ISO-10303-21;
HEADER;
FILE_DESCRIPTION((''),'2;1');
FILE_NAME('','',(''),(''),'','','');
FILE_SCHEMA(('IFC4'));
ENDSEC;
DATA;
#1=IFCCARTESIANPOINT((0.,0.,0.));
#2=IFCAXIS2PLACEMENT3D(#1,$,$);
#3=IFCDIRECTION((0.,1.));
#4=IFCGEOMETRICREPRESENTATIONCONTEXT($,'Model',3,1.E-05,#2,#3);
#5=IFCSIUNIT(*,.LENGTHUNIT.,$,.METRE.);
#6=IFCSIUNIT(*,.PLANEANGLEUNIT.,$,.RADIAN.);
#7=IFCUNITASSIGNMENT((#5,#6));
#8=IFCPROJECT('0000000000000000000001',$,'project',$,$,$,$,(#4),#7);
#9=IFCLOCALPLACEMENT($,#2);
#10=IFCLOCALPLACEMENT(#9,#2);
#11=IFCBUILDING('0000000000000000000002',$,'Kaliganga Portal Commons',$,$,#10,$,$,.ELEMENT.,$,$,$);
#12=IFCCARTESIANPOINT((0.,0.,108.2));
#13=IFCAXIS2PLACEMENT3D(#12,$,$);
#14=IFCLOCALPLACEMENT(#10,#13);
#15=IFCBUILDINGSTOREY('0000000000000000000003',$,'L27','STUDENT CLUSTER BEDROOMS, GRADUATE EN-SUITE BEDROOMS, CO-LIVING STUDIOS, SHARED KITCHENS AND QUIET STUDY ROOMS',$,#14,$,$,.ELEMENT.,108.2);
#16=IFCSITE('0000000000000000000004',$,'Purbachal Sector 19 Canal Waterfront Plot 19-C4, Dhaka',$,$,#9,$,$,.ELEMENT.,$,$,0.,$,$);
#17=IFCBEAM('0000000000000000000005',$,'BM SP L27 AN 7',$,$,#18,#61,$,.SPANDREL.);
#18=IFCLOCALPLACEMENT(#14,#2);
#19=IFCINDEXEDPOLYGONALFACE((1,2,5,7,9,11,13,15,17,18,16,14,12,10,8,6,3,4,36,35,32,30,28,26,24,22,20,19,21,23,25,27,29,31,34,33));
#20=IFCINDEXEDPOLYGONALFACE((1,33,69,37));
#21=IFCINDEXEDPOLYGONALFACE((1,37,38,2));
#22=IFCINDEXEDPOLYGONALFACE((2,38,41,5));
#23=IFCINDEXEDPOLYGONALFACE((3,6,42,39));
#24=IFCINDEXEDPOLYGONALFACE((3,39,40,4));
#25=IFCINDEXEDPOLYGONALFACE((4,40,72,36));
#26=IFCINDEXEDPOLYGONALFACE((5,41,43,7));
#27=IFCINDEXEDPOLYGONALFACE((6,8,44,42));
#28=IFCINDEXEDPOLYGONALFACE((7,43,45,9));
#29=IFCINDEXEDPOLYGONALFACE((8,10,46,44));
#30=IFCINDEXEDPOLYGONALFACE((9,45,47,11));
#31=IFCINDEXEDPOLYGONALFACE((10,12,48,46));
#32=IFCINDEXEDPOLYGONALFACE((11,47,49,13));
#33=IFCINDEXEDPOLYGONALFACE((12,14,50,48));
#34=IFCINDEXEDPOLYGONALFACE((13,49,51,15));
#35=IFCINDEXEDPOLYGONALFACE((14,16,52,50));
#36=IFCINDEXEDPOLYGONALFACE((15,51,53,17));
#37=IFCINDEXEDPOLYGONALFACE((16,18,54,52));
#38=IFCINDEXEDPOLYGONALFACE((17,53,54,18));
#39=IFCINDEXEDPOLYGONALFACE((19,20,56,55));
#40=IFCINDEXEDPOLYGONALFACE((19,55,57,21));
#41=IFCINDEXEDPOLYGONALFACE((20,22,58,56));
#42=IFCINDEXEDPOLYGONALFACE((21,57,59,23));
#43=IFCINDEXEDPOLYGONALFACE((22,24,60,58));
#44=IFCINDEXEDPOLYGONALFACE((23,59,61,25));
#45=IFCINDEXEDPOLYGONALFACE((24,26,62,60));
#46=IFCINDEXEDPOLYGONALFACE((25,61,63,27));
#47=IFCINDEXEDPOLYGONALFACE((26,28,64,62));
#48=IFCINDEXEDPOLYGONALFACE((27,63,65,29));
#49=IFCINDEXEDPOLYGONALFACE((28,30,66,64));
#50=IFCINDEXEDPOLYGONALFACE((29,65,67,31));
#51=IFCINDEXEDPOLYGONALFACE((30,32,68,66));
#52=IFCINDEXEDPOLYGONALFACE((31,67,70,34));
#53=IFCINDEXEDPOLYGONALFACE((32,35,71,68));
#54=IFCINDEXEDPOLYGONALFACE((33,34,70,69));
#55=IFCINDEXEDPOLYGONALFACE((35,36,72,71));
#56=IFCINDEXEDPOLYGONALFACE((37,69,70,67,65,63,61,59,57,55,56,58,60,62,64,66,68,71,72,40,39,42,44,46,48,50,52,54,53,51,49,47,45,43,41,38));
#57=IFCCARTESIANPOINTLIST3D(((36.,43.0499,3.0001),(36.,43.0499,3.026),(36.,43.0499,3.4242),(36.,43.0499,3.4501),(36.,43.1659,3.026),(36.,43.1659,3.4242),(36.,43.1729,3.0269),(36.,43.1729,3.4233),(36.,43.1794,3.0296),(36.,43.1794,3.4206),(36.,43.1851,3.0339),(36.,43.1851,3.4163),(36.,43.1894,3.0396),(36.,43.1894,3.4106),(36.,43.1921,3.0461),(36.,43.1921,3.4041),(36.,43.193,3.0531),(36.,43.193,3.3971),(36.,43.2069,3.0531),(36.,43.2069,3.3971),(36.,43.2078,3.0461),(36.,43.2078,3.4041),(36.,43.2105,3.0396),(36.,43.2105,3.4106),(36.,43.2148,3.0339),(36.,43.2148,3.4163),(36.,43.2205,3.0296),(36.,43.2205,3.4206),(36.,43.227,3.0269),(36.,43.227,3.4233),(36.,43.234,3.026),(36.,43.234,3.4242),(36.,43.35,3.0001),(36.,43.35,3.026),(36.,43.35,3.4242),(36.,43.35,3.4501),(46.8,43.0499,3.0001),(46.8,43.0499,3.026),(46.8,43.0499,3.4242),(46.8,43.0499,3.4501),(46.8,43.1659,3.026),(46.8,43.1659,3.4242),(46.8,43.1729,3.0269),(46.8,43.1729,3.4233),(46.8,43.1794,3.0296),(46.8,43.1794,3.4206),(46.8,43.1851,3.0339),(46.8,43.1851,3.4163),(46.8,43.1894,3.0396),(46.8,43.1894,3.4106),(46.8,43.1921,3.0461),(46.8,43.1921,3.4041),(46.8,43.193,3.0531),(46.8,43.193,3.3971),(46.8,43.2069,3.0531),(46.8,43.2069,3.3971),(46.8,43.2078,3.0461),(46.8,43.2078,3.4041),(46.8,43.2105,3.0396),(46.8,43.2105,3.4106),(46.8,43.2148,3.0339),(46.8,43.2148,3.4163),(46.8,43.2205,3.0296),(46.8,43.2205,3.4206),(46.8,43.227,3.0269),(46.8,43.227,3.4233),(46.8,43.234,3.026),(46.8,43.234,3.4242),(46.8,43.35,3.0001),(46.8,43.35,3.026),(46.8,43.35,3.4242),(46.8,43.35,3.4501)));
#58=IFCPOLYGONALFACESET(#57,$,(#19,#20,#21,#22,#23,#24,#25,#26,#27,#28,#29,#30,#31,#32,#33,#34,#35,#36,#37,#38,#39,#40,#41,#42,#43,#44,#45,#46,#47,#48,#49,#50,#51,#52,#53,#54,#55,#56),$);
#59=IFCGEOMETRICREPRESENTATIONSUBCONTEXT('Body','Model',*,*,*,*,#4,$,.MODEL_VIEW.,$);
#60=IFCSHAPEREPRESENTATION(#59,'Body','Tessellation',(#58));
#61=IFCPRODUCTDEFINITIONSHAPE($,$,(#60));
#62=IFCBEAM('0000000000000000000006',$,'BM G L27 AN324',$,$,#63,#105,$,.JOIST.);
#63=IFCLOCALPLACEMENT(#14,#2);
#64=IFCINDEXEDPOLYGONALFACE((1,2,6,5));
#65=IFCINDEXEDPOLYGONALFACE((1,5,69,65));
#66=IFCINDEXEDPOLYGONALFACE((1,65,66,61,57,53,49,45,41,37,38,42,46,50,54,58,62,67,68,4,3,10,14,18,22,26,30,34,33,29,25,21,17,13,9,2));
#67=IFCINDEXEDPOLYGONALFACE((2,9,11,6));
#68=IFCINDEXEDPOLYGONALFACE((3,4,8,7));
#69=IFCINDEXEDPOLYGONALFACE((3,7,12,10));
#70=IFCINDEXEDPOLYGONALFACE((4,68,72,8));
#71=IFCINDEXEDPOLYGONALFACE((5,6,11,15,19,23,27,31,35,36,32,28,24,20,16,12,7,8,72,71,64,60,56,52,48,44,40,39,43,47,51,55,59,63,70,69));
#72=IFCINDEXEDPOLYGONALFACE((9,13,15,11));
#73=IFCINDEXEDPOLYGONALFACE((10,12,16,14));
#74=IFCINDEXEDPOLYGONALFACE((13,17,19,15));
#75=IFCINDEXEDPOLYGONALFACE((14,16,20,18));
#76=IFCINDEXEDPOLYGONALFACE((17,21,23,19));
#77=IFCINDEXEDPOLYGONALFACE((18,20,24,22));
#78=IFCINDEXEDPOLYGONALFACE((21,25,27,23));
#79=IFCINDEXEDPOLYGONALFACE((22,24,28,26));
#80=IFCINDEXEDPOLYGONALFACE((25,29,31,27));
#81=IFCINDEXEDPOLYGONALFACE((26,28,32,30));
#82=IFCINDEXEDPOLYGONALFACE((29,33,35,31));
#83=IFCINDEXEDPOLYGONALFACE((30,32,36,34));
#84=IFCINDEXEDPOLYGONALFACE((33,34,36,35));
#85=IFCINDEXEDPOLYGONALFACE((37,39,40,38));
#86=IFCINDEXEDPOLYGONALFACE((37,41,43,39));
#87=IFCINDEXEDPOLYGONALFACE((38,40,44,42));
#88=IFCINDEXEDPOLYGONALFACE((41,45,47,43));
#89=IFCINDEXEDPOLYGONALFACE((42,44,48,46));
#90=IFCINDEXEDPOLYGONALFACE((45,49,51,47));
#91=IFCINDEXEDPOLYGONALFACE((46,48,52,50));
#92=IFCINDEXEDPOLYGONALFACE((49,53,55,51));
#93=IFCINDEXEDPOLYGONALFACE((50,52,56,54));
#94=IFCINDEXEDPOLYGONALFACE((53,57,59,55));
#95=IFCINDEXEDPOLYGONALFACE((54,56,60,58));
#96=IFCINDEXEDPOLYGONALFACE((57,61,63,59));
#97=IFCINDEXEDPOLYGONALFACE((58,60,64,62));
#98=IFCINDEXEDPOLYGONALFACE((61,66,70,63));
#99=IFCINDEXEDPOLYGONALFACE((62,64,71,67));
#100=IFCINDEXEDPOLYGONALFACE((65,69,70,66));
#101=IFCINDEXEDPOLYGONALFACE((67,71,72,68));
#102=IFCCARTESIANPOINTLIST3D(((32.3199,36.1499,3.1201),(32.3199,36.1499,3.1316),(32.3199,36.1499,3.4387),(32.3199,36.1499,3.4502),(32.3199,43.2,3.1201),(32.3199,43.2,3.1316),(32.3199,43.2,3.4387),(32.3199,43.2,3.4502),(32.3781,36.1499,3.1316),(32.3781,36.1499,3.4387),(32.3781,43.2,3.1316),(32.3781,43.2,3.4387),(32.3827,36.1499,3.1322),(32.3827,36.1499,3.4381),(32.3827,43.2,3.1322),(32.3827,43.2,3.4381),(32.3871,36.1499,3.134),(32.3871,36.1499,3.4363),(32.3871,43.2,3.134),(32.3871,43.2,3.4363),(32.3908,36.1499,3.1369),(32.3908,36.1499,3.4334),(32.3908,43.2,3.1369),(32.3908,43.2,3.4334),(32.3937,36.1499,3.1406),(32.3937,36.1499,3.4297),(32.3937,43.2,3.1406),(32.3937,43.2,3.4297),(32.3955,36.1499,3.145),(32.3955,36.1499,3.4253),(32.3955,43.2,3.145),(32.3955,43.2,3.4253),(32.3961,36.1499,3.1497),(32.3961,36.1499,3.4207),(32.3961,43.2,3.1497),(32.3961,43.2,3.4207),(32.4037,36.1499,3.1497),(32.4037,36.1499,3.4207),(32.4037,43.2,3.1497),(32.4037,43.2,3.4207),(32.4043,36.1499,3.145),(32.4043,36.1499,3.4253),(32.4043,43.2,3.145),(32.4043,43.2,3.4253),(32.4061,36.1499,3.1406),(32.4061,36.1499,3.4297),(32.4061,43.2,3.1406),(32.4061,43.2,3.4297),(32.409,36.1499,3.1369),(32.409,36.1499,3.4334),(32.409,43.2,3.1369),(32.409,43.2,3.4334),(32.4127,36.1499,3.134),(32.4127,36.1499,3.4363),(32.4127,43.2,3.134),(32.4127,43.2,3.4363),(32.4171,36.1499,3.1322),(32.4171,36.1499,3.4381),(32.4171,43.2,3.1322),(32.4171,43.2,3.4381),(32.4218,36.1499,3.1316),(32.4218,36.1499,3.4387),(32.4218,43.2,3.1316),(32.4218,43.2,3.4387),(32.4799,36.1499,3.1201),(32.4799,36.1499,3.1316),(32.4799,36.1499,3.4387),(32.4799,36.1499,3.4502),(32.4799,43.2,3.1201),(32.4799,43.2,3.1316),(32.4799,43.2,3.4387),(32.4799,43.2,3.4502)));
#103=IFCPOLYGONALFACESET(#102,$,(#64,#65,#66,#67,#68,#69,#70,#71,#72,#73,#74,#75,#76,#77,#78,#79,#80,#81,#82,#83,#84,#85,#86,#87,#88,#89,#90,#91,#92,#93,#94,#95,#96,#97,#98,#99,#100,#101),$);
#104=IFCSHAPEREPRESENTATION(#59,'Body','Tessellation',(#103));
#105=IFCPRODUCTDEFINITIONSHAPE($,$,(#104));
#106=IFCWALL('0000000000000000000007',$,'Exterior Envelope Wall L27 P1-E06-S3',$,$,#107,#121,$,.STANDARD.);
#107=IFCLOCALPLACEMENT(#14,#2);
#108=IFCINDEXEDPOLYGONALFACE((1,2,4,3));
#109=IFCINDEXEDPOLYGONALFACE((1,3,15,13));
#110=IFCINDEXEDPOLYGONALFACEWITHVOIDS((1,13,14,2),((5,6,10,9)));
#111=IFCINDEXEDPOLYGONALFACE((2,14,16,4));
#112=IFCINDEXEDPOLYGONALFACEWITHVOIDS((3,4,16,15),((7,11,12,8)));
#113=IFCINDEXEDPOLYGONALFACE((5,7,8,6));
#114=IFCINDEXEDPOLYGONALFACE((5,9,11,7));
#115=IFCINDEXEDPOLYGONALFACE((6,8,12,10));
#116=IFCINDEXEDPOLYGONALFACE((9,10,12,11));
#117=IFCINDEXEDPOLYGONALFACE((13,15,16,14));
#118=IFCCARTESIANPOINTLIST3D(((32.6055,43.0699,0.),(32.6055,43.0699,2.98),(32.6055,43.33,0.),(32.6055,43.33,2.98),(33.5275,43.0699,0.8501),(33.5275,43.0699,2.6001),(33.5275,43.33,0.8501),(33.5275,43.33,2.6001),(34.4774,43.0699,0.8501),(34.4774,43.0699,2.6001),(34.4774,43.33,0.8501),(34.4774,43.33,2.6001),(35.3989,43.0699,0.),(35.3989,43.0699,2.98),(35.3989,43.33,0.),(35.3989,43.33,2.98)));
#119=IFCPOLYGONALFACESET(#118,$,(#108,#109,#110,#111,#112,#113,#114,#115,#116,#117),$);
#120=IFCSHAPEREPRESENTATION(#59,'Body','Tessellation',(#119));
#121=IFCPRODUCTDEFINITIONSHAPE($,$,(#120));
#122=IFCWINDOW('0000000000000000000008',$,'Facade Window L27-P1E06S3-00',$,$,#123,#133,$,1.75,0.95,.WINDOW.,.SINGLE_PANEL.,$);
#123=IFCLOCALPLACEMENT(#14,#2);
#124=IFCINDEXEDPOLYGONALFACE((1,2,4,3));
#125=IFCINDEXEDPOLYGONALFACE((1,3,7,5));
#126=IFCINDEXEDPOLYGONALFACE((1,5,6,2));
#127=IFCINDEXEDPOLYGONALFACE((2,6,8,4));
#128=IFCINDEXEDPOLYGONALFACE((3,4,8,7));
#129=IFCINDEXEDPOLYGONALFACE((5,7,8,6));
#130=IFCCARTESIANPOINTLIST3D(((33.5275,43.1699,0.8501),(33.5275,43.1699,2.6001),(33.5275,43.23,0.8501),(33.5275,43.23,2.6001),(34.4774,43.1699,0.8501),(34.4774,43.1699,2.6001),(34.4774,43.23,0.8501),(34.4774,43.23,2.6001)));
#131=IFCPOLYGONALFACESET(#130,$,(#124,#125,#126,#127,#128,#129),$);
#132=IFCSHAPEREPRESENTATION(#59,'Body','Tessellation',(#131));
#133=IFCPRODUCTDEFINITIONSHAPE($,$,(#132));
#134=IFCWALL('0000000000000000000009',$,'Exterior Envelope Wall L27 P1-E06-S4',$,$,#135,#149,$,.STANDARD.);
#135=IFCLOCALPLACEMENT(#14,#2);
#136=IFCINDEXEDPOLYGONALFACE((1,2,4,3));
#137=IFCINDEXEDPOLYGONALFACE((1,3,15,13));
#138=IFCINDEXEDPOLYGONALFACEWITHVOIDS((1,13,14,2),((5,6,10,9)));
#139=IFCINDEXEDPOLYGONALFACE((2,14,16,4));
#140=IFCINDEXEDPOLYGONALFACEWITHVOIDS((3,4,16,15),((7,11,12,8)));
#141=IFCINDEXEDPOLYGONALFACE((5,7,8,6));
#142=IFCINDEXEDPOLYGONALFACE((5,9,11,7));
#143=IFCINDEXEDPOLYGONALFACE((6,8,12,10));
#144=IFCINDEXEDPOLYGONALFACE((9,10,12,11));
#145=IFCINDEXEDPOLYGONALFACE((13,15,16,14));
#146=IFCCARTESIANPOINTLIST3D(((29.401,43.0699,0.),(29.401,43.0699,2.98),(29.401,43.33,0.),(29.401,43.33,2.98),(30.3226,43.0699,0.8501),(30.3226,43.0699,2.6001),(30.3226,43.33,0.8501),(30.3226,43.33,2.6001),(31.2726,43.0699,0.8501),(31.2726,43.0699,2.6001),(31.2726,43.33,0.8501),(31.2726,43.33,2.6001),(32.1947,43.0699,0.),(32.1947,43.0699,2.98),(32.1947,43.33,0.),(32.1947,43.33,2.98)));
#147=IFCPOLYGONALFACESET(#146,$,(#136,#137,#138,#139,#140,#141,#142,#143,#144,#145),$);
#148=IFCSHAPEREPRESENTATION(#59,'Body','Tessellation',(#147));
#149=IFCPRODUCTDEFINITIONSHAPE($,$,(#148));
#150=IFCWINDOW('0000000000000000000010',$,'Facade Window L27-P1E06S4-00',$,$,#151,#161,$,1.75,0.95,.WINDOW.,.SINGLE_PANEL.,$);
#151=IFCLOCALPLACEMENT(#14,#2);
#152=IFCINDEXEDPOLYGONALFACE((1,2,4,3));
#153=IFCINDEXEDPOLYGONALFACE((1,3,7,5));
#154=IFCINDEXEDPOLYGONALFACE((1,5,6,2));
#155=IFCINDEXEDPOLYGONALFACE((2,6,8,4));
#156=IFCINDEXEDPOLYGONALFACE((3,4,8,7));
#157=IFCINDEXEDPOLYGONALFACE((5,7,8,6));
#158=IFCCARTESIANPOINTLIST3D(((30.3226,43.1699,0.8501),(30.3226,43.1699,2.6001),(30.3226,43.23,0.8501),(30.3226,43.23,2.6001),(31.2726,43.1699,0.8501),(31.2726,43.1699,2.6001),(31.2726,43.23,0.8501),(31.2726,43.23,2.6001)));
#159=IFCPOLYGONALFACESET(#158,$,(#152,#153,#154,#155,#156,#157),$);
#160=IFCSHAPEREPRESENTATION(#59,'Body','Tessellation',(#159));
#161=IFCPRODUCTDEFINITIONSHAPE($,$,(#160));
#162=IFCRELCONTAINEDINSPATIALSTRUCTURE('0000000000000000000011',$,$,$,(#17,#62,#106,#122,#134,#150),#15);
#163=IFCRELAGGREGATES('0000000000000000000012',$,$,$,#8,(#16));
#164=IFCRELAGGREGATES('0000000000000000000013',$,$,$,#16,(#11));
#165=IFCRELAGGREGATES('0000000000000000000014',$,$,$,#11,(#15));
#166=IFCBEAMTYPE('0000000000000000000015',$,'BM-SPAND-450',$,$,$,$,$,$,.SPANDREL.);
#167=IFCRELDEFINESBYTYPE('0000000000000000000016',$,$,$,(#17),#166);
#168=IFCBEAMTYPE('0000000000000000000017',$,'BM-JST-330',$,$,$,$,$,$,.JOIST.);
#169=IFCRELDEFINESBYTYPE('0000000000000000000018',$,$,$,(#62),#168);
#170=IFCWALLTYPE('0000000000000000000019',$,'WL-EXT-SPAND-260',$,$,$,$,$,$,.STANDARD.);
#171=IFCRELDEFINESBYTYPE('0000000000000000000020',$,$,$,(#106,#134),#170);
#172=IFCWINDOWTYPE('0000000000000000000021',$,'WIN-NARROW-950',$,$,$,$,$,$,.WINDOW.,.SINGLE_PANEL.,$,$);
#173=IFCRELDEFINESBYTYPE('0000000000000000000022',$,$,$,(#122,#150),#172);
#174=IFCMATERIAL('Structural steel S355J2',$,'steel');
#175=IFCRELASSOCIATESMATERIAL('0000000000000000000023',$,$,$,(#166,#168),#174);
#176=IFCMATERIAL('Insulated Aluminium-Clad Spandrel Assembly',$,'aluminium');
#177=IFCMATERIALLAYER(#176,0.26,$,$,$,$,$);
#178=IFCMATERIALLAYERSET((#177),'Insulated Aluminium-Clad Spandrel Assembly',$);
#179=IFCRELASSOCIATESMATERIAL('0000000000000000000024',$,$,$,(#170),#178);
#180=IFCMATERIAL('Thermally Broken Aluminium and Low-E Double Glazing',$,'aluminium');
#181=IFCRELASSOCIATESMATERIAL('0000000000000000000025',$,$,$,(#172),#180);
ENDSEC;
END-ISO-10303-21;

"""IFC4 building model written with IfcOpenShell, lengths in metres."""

from ifc_helpers import new_model, si_unit, direction, frame, frame_2d, origin, origin_2d, place, context, subcontext, project, spatial, rectangle, i_section, extrude, source, transform, mapped, material, layer, layer_set, material_profile, profile_set, type_object, element, fill, save


model = new_model("IFC4")

# Units and contexts
model_context = context("Model", 3, precision=1e-05, world=origin(), true_north=direction((0.0, 1.0)))
body_context = subcontext(model_context, "Body", "Model", "MODEL_VIEW")
ifc_project = project(units=[si_unit("LENGTHUNIT", "METRE"), si_unit("PLANEANGLEUNIT", "RADIAN")], contexts=[model_context])

# Site, building, storey
site_placement = place(None, origin())
site = spatial("IfcSite", under=ifc_project, at=site_placement, Name="Purbachal Sector 19 Canal Waterfront Plot 19-C4, Dhaka", CompositionType="ELEMENT", RefElevation=0.0)
building_placement = place(site_placement, origin())
building = spatial("IfcBuilding", under=site, at=building_placement, Name="Kaliganga Portal Commons", CompositionType="ELEMENT")
storey_placement = place(building_placement, frame((0.0, 0.0, 108.2)))
storey = spatial("IfcBuildingStorey", under=building, at=storey_placement, Name="L27", Description="STUDENT CLUSTER BEDROOMS, GRADUATE EN-SUITE BEDROOMS, CO-LIVING STUDIOS, SHARED KITCHENS AND QUIET STUDY ROOMS", CompositionType="ELEMENT", Elevation=108.2)

# Beams
ifc_material_1 = material(Name="Structural steel S355J2", Category="steel")
ifc_material_profile_1 = material_profile(ifc_material_1, i_section(OverallWidth=0.3, OverallDepth=0.45, WebThickness=0.0139, FlangeThickness=0.0259, FilletRadius=0.0271, at=origin_2d()), Name="HE 450 B")
ifc_profile_set_1 = profile_set([ifc_material_profile_1], Name="Structural steel S355J2 wide-flange")
beam_type_1 = type_object("IfcBeamType", Name="BM-SPAND-450", PredefinedType="SPANDREL", material=ifc_profile_set_1)
shared_shape_1 = source(origin(), body_context, "Body", "SweptSolid", [
    extrude(i_section(OverallWidth=0.3, OverallDepth=0.45, WebThickness=0.0139, FlangeThickness=0.0259, FilletRadius=0.0271, at=origin_2d()), origin(), (0.0, 0.0, 1.0), 10.8),
])
beam_1_placement = place(storey_placement, frame((36.0, 43.2, 3.2251), z_axis=(1.0, 0.0, 0.0), x_axis=(0.0, 1.0, 0.0)))
element("IfcBeam", 1, at=beam_1_placement, inside=storey, type_object=beam_type_1, Name="BM SP L27 AN 7", PredefinedType="SPANDREL", context=body_context, shape_type="MappedRepresentation", body=[
    mapped(shared_shape_1, transform((0.0, 0.0, 0.0), x_axis=(1.0, 0.0, 0.0), y_axis=(0.0, 1.0, 0.0), z_axis=(0.0, 0.0, 1.0), scale=1.0)),
])
ifc_material_profile_2 = material_profile(ifc_material_1, i_section(OverallWidth=0.1599, OverallDepth=0.3301, WebThickness=0.0076, FlangeThickness=0.0115, FilletRadius=0.0181, at=origin_2d()), Name="IPE 330")
ifc_profile_set_2 = profile_set([ifc_material_profile_2], Name="Structural steel S355J2 wide-flange")
beam_type_2 = type_object("IfcBeamType", Name="BM-JST-330", PredefinedType="JOIST", material=ifc_profile_set_2)
shared_shape_2 = source(origin(), body_context, "Body", "SweptSolid", [
    extrude(i_section(OverallWidth=0.1599, OverallDepth=0.3301, WebThickness=0.0076, FlangeThickness=0.0115, FilletRadius=0.0181, at=origin_2d()), origin(), (0.0, 0.0, 1.0), 7.05),
])
beam_2_placement = place(storey_placement, frame((32.3999, 36.1499, 3.2852), z_axis=(0.0, 1.0, 0.0), x_axis=(-1.0, 0.0, 0.0)))
element("IfcBeam", 2, at=beam_2_placement, inside=storey, type_object=beam_type_2, Name="BM G L27 AN324", PredefinedType="JOIST", context=body_context, shape_type="MappedRepresentation", body=[
    mapped(shared_shape_2, transform((0.0, 0.0, 0.0), x_axis=(1.0, 0.0, 0.0), y_axis=(0.0, 1.0, 0.0), z_axis=(0.0, 0.0, 1.0), scale=1.0)),
])

# Shared definitions
ifc_material_2 = material(Name="Insulated Aluminium-Clad Spandrel Assembly", Category="aluminium")
ifc_layer_1 = layer(ifc_material_2, 0.26)
ifc_layer_set_1 = layer_set([ifc_layer_1], Name="Insulated Aluminium-Clad Spandrel Assembly")
wall_type_1 = type_object("IfcWallType", Name="WL-EXT-SPAND-260", PredefinedType="STANDARD", material=ifc_layer_set_1)
ifc_material_3 = material(Name="Thermally Broken Aluminium and Low-E Double Glazing", Category="aluminium")

# Walls, openings, windows
wall_1_placement = place(storey_placement, frame((32.6055, 43.2, 0.0), z_axis=(0.0, 0.0, 1.0), x_axis=(1.0, 0.0, 0.0)))
wall_1 = element("IfcWall", 3, at=wall_1_placement, inside=storey, type_object=wall_type_1, Name="Exterior Envelope Wall L27 P1-E06-S3", PredefinedType="STANDARD", context=body_context, shape_type="SweptSolid", body=[
    extrude(rectangle(XDim=2.7935, YDim=0.26, at=frame_2d((1.3967, 0.0))), origin(), (0.0, 0.0, 1.0), 2.98),
])
opening_1_placement = place(wall_1_placement, frame((0.9219, 0.0, 0.8501)))
opening_1 = element("IfcOpeningElement", 4, at=opening_1_placement, cuts=wall_1, PredefinedType="OPENING", context=body_context, shape_type="SweptSolid", body=[
    extrude(rectangle(XDim=0.95, YDim=1.75, at=frame_2d((0.4751, 0.875))), frame((0.0, 0.1401, 0.0), z_axis=(0.0, -1.0, 0.0), x_axis=(1.0, 0.0, 0.0)), (0.0, 0.0, 1.0), 0.28),
])
window_type_1 = type_object("IfcWindowType", Name="WIN-NARROW-950", PartitioningType="SINGLE_PANEL", PredefinedType="WINDOW", material=ifc_material_3)
window_1_placement = place(opening_1_placement, origin())
window_1 = element("IfcWindow", 5, at=window_1_placement, inside=storey, type_object=window_type_1, Name="Facade Window L27-P1E06S3-00", OverallHeight=1.75, OverallWidth=0.95, PartitioningType="SINGLE_PANEL", PredefinedType="WINDOW", context=body_context, shape_type="SweptSolid", body=[
    extrude(rectangle(XDim=0.95, YDim=1.75, at=frame_2d((0.4751, 0.875))), frame((0.0, 0.03, 0.0), z_axis=(0.0, -1.0, 0.0), x_axis=(1.0, 0.0, 0.0)), (0.0, 0.0, 1.0), 0.0601),
])
fill(opening_1, window_1)
wall_2_placement = place(storey_placement, frame((29.4009, 43.2, 0.0), z_axis=(0.0, 0.0, 1.0), x_axis=(1.0, 0.0, 0.0)))
wall_2 = element("IfcWall", 6, at=wall_2_placement, inside=storey, type_object=wall_type_1, Name="Exterior Envelope Wall L27 P1-E06-S4", PredefinedType="STANDARD", context=body_context, shape_type="SweptSolid", body=[
    extrude(rectangle(XDim=2.7937, YDim=0.26, at=frame_2d((1.397, 0.0))), origin(), (0.0, 0.0, 1.0), 2.98),
])
opening_2_placement = place(wall_2_placement, frame((0.9216, 0.0, 0.8501)))
opening_2 = element("IfcOpeningElement", 7, at=opening_2_placement, cuts=wall_2, PredefinedType="OPENING", context=body_context, shape_type="SweptSolid", body=[
    extrude(rectangle(XDim=0.95, YDim=1.75, at=frame_2d((0.4751, 0.875))), frame((0.0, 0.1401, 0.0), z_axis=(0.0, -1.0, 0.0), x_axis=(1.0, 0.0, 0.0)), (0.0, 0.0, 1.0), 0.28),
])
window_2_placement = place(opening_2_placement, origin())
window_2 = element("IfcWindow", 8, at=window_2_placement, inside=storey, type_object=window_type_1, Name="Facade Window L27-P1E06S4-00", OverallHeight=1.75, OverallWidth=0.95, PartitioningType="SINGLE_PANEL", PredefinedType="WINDOW", context=body_context, shape_type="SweptSolid", body=[
    extrude(rectangle(XDim=0.95, YDim=1.75, at=frame_2d((0.4751, 0.875))), frame((0.0, 0.03, 0.0), z_axis=(0.0, -1.0, 0.0), x_axis=(1.0, 0.0, 0.0)), (0.0, 0.0, 1.0), 0.0601),
])
fill(opening_2, window_2)

save(model, "model.ifc")
